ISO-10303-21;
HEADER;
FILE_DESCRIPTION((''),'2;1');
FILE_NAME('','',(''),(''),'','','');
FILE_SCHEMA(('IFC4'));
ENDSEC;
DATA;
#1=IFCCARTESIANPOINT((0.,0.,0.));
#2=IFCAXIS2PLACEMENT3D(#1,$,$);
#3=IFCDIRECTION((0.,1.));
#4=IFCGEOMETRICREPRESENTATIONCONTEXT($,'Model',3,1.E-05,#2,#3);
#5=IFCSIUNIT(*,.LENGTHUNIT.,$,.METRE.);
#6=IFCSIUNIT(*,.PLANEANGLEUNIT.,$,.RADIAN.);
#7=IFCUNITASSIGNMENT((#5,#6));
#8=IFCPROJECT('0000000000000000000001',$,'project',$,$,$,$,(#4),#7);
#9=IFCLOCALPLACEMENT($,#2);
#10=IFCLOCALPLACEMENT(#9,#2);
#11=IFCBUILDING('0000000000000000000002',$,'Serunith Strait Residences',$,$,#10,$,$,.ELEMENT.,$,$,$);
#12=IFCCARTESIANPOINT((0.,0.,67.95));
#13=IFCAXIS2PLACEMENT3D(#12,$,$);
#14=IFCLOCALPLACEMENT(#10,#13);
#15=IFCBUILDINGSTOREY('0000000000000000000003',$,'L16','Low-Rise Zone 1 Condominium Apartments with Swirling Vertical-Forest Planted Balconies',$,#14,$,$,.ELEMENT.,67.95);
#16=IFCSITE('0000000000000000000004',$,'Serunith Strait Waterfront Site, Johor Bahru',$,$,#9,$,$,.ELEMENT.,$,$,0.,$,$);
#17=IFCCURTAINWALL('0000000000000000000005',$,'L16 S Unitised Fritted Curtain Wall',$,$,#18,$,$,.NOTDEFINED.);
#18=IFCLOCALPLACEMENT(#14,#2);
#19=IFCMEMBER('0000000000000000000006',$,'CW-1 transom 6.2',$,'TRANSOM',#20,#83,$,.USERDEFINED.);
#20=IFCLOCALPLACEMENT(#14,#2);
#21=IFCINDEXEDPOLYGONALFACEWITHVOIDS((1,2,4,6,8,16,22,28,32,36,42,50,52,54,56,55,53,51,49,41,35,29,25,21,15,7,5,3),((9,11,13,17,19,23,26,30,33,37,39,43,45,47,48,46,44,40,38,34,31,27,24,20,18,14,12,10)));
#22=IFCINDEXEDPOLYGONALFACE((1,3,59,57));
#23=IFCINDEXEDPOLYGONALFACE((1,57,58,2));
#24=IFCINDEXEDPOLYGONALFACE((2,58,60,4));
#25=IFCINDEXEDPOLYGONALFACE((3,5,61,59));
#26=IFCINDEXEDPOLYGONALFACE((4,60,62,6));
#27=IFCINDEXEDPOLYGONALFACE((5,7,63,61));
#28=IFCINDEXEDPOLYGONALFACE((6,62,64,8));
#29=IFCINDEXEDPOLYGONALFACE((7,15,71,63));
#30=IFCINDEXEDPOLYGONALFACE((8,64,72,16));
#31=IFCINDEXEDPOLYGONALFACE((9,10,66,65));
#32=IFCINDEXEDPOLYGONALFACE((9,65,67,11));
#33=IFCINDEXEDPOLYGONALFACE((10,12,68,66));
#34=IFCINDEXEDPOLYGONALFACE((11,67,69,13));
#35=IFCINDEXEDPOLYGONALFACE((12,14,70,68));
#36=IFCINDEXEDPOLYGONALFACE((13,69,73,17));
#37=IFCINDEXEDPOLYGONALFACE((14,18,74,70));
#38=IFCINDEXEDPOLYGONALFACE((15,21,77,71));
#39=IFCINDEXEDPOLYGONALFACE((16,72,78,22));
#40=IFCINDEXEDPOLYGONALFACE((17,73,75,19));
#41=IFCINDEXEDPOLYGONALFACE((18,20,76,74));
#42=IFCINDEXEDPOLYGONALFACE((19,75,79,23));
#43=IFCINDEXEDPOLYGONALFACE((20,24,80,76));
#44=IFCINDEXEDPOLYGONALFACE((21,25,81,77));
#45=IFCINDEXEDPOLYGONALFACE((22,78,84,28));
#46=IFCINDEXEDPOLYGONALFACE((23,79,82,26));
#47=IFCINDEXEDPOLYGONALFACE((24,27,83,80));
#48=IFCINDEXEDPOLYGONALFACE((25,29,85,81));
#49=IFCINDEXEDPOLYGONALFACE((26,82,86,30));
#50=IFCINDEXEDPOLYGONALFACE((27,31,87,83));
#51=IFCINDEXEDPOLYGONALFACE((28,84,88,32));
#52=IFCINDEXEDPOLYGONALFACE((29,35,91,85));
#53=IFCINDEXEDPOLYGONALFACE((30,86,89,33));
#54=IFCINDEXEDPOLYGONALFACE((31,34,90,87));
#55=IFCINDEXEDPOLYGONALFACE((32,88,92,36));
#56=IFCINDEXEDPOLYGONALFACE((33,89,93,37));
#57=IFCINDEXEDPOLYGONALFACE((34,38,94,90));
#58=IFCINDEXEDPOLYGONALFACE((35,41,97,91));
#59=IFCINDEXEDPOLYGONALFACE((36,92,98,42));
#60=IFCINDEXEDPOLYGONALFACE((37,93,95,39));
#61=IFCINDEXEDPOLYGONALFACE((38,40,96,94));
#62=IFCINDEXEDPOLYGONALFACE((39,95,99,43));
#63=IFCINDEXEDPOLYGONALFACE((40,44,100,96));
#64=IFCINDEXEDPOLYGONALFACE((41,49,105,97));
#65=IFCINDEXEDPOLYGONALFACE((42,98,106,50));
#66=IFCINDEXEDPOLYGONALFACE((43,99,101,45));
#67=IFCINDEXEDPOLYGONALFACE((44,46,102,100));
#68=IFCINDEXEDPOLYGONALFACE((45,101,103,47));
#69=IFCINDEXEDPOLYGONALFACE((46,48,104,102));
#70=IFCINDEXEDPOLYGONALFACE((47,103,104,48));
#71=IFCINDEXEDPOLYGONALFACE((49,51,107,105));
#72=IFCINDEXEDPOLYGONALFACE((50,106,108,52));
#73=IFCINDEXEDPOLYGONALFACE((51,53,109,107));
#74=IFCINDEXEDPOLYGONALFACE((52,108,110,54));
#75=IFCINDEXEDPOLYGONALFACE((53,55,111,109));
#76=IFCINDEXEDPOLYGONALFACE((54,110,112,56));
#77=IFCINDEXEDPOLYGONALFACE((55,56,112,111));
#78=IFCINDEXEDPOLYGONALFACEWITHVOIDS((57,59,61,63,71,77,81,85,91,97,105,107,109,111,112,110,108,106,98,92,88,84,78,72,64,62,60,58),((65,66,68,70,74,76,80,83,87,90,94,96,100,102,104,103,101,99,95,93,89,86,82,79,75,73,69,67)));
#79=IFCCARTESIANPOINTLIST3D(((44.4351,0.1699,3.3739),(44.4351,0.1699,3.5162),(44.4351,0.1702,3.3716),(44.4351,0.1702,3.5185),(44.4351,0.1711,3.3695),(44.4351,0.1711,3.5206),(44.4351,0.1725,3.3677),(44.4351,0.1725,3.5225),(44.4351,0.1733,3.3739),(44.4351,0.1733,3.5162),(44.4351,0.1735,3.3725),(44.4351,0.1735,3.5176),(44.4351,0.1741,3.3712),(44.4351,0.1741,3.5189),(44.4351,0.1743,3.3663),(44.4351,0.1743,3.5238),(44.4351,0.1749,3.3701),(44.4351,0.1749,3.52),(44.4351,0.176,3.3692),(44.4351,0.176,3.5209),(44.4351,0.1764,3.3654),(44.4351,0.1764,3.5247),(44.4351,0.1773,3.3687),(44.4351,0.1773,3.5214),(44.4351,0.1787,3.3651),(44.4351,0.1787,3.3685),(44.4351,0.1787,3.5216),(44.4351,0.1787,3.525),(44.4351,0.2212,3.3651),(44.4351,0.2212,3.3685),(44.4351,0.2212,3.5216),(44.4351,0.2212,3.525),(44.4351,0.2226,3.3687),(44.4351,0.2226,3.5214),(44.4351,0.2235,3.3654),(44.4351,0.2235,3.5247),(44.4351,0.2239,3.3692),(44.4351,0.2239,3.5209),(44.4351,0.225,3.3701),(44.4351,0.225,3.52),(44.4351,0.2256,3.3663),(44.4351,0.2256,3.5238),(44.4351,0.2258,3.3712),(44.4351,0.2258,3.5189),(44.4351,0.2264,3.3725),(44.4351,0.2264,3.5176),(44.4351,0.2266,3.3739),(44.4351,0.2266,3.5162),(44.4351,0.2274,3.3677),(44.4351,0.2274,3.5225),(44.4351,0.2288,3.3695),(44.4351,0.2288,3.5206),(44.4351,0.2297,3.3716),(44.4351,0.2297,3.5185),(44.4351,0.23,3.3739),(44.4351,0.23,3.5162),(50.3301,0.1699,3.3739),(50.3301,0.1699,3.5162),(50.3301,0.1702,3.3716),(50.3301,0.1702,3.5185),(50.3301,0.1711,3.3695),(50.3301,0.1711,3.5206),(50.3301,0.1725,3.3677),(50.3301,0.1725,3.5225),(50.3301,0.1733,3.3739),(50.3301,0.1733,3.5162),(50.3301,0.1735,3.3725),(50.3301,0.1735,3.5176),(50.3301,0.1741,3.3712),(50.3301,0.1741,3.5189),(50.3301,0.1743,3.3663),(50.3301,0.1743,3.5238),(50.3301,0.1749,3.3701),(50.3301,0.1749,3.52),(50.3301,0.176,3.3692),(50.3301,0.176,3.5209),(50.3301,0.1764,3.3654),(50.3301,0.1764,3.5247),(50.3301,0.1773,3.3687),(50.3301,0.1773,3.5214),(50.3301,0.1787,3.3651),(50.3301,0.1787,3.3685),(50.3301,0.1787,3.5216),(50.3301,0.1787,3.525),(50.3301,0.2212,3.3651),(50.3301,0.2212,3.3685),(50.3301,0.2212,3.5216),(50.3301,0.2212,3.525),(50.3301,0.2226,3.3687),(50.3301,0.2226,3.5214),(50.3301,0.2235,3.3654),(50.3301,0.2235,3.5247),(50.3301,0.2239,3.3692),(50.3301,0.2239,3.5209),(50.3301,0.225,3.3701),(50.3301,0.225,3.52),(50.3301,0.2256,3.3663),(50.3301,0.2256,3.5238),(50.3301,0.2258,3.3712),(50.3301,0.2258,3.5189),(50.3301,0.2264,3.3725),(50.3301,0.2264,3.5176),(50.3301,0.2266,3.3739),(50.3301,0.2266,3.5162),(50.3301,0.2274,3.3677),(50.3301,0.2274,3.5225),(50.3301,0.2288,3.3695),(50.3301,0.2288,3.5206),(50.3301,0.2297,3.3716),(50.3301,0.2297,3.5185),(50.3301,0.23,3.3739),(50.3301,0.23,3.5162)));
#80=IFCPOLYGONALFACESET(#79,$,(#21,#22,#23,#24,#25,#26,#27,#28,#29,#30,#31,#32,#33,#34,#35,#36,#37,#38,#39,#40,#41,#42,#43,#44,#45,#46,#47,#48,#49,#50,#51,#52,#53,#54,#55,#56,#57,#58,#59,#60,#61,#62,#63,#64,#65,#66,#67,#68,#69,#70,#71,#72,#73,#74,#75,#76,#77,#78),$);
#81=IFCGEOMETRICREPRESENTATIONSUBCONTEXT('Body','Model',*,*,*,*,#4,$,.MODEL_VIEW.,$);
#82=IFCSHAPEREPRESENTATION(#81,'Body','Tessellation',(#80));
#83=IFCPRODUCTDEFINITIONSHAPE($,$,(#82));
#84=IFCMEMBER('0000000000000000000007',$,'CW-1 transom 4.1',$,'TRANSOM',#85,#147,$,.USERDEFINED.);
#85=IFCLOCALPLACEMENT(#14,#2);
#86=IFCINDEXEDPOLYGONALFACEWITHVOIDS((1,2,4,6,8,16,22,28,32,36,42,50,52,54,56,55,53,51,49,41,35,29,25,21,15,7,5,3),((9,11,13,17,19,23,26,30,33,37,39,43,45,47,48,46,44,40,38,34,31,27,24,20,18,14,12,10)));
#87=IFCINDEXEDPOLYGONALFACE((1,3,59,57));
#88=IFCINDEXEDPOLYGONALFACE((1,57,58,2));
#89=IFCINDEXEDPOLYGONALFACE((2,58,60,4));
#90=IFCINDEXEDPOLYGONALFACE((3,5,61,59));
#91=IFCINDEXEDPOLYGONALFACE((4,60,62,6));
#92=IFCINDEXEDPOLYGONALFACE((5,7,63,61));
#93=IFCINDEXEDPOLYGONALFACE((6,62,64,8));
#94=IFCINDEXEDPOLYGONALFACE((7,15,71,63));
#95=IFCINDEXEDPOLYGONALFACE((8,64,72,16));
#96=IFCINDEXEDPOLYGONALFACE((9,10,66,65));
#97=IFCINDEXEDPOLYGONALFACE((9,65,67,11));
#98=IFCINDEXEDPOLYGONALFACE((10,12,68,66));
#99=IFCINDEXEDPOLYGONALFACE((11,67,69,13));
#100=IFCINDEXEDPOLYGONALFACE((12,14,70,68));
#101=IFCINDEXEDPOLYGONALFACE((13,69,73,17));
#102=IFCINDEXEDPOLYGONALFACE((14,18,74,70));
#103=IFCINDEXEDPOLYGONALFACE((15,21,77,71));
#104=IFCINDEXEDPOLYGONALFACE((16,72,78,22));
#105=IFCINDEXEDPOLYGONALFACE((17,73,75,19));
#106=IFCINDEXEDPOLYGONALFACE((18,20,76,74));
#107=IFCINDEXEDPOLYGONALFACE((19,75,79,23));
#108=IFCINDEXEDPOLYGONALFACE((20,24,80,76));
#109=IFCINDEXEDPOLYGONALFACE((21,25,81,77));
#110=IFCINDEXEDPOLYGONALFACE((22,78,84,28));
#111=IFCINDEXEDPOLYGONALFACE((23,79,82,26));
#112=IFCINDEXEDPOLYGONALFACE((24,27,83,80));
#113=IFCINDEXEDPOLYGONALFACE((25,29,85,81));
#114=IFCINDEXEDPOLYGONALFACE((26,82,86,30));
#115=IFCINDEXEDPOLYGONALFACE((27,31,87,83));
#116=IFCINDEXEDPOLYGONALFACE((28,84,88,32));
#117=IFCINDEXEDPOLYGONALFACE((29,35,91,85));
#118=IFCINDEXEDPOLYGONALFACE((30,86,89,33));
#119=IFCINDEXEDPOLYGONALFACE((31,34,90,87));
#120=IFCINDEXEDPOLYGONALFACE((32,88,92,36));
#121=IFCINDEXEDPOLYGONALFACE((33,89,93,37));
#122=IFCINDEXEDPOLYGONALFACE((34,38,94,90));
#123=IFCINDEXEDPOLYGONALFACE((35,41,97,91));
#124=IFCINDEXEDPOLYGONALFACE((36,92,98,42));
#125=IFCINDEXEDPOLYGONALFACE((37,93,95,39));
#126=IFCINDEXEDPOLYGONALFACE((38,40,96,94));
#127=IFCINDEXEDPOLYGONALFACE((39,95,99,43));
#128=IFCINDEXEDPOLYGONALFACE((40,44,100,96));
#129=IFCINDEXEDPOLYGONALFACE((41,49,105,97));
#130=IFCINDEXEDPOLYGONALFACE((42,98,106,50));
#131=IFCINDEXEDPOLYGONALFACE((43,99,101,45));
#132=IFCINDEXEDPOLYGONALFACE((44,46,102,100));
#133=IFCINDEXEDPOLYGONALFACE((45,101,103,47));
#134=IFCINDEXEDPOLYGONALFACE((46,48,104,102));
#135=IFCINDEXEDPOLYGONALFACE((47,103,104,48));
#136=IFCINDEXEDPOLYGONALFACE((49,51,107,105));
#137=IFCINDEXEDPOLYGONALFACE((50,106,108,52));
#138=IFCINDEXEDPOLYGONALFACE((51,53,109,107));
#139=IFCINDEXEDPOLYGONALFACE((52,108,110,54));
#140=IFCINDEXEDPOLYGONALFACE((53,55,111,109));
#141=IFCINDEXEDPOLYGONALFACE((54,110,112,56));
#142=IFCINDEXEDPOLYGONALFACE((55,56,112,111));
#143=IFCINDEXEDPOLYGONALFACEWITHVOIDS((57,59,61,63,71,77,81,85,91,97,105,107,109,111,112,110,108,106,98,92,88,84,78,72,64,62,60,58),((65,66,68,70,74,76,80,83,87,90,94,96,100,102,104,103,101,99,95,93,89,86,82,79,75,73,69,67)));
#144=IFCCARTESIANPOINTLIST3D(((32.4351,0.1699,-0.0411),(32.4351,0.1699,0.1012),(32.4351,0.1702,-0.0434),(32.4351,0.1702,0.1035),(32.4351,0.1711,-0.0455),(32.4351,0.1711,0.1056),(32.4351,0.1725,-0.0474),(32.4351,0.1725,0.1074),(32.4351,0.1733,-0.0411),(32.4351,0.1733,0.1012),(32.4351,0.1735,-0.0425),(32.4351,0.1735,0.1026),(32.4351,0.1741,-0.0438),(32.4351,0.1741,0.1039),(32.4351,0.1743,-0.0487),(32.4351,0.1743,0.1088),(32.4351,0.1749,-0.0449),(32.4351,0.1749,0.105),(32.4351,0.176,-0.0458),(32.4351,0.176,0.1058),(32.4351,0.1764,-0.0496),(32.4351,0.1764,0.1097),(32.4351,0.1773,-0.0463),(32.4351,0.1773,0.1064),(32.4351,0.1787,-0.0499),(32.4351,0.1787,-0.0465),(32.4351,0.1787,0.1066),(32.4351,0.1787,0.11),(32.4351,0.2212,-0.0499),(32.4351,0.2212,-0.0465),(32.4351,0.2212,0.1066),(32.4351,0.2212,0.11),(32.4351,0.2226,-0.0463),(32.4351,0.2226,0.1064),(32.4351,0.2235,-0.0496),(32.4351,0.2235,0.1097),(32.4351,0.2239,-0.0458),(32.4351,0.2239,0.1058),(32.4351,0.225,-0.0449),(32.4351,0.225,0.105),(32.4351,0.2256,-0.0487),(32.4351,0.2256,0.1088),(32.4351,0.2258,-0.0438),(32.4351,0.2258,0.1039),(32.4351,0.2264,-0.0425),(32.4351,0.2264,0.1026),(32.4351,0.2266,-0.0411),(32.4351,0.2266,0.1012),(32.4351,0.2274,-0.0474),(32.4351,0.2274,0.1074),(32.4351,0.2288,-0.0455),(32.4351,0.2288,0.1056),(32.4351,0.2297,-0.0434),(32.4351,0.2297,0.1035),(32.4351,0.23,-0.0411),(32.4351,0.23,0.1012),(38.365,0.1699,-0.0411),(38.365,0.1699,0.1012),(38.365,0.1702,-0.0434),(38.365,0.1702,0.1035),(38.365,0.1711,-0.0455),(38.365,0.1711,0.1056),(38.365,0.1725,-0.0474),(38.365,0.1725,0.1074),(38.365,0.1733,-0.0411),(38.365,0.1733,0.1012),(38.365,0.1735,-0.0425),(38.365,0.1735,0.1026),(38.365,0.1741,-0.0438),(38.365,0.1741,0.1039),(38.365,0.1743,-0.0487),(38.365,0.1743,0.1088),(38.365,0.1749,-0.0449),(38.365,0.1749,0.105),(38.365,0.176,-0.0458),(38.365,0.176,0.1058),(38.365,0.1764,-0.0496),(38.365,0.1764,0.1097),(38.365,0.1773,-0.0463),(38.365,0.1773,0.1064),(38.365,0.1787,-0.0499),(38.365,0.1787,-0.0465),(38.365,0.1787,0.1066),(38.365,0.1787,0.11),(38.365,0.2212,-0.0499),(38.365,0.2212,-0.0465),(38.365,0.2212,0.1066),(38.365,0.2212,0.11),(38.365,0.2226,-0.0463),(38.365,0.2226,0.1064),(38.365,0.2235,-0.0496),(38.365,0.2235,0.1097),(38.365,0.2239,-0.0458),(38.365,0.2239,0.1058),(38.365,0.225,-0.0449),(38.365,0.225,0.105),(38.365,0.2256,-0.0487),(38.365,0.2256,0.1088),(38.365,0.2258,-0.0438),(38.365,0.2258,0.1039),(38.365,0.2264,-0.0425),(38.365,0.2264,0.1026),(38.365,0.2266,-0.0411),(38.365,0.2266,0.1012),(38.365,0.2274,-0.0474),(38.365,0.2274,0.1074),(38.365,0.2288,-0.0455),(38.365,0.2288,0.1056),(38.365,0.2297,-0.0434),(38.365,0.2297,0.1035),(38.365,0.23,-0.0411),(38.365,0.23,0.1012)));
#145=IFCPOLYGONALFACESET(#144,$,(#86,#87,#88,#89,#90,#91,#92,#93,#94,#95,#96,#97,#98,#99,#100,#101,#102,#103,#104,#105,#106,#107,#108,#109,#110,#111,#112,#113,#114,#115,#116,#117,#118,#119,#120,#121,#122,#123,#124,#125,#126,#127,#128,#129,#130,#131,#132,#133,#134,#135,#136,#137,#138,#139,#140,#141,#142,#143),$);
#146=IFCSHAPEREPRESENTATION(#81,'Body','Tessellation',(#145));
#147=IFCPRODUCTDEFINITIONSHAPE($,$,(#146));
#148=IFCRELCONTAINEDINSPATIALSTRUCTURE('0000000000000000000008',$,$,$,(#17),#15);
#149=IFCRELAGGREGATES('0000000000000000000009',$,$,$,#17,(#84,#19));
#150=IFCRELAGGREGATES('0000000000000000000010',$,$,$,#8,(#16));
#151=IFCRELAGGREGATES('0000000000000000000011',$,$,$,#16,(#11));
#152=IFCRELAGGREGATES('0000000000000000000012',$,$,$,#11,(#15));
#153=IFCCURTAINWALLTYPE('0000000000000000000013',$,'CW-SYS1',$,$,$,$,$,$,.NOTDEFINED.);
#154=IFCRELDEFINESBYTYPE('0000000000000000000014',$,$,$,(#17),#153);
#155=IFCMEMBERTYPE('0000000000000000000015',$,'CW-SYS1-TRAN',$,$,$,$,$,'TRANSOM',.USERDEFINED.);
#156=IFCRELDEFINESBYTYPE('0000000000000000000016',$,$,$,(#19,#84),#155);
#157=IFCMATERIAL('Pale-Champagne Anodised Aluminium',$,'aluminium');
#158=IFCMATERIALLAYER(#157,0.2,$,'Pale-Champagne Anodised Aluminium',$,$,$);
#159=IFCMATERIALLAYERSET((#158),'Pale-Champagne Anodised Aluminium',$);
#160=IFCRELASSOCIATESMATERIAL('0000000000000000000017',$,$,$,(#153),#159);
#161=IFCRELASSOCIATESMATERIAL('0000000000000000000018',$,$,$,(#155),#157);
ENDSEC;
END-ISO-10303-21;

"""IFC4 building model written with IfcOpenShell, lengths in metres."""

from ifc_helpers import new_model, si_unit, direction, frame, origin, origin_2d, place, context, subcontext, project, spatial, hollow_rectangle, extrude, source, transform, mapped, material, layer, layer_set, material_profile, profile_set, type_object, element, aggregate, save


model = new_model("IFC4")

# Units and contexts
model_context = context("Model", 3, precision=1e-05, world=origin(), true_north=direction((0.0, 1.0)))
body_context = subcontext(model_context, "Body", "Model", "MODEL_VIEW")
ifc_project = project(units=[si_unit("LENGTHUNIT", "METRE"), si_unit("PLANEANGLEUNIT", "RADIAN")], contexts=[model_context])

# Site, building, storey
site_placement = place(None, origin())
site = spatial("IfcSite", under=ifc_project, at=site_placement, Name="Serunith Strait Waterfront Site, Johor Bahru", CompositionType="ELEMENT", RefElevation=0.0)
building_placement = place(site_placement, origin())
building = spatial("IfcBuilding", under=site, at=building_placement, Name="Serunith Strait Residences", CompositionType="ELEMENT")
storey_placement = place(building_placement, frame((0.0, 0.0, 67.95)))
storey = spatial("IfcBuildingStorey", under=building, at=storey_placement, Name="L16", Description="Low-Rise Zone 1 Condominium Apartments with Swirling Vertical-Forest Planted Balconies", CompositionType="ELEMENT", Elevation=67.95)

# Curtain wall, members
ifc_material_1 = material(Name="Pale-Champagne Anodised Aluminium", Category="aluminium")
ifc_layer_1 = layer(ifc_material_1, 0.2, Name="Pale-Champagne Anodised Aluminium")
ifc_layer_set_1 = layer_set([ifc_layer_1], Name="Pale-Champagne Anodised Aluminium")
curtain_wall_type = type_object("IfcCurtainWallType", Name="CW-SYS1", PredefinedType="NOTDEFINED", material=ifc_layer_set_1)
curtain_wall_placement = place(storey_placement, origin())
curtain_wall = element("IfcCurtainWall", 1, at=curtain_wall_placement, inside=storey, type_object=curtain_wall_type, Name="L16 S Unitised Fritted Curtain Wall", PredefinedType="NOTDEFINED")
ifc_material_profile_1 = material_profile(ifc_material_1, hollow_rectangle(XDim=0.0601, YDim=0.1599, WallThickness=0.0034, InnerFilletRadius=0.0054, OuterFilletRadius=0.0088, at=origin_2d()), Name="ALU 160x60x3.5")
ifc_profile_set_1 = profile_set([ifc_material_profile_1], Name="Pale-Champagne Anodised Aluminium")
member_type_1 = type_object("IfcMemberType", Name="CW-SYS1-TRAN", ElementType="TRANSOM", PredefinedType="USERDEFINED", material=ifc_profile_set_1)
shared_shape_1 = source(origin(), body_context, "Body", "SweptSolid", [
    extrude(hollow_rectangle(XDim=0.0601, YDim=0.1599, WallThickness=0.0034, InnerFilletRadius=0.0054, OuterFilletRadius=0.0088, at=origin_2d()), origin(), (0.0, 0.0, 1.0), 5.895),
])
member_1_placement = place(storey_placement, frame((44.4351, 0.2, 3.4451), z_axis=(1.0, 0.0, 0.0), x_axis=(0.0, 1.0, 0.0)))
member_1 = element("IfcMember", 2, at=member_1_placement, type_object=member_type_1, Name="CW-1 transom 6.2", ObjectType="TRANSOM", PredefinedType="USERDEFINED", context=body_context, shape_type="MappedRepresentation", body=[
    mapped(shared_shape_1, transform((0.0, 0.0, 0.0), scale=1.0)),
])
shared_shape_2 = source(origin(), body_context, "Body", "SweptSolid", [
    extrude(hollow_rectangle(XDim=0.0601, YDim=0.1599, WallThickness=0.0034, InnerFilletRadius=0.0054, OuterFilletRadius=0.0088, at=origin_2d()), origin(), (0.0, 0.0, 1.0), 5.9299),
])
member_2_placement = place(storey_placement, frame((32.4351, 0.2, 0.03), z_axis=(1.0, 0.0, 0.0), x_axis=(0.0, 1.0, 0.0)))
member_2 = element("IfcMember", 3, at=member_2_placement, type_object=member_type_1, Name="CW-1 transom 4.1", ObjectType="TRANSOM", PredefinedType="USERDEFINED", context=body_context, shape_type="MappedRepresentation", body=[
    mapped(shared_shape_2, transform((0.0, 0.0, 0.0), scale=1.0)),
])
aggregate(curtain_wall, [member_2, member_1])

save(model, "model.ifc")
